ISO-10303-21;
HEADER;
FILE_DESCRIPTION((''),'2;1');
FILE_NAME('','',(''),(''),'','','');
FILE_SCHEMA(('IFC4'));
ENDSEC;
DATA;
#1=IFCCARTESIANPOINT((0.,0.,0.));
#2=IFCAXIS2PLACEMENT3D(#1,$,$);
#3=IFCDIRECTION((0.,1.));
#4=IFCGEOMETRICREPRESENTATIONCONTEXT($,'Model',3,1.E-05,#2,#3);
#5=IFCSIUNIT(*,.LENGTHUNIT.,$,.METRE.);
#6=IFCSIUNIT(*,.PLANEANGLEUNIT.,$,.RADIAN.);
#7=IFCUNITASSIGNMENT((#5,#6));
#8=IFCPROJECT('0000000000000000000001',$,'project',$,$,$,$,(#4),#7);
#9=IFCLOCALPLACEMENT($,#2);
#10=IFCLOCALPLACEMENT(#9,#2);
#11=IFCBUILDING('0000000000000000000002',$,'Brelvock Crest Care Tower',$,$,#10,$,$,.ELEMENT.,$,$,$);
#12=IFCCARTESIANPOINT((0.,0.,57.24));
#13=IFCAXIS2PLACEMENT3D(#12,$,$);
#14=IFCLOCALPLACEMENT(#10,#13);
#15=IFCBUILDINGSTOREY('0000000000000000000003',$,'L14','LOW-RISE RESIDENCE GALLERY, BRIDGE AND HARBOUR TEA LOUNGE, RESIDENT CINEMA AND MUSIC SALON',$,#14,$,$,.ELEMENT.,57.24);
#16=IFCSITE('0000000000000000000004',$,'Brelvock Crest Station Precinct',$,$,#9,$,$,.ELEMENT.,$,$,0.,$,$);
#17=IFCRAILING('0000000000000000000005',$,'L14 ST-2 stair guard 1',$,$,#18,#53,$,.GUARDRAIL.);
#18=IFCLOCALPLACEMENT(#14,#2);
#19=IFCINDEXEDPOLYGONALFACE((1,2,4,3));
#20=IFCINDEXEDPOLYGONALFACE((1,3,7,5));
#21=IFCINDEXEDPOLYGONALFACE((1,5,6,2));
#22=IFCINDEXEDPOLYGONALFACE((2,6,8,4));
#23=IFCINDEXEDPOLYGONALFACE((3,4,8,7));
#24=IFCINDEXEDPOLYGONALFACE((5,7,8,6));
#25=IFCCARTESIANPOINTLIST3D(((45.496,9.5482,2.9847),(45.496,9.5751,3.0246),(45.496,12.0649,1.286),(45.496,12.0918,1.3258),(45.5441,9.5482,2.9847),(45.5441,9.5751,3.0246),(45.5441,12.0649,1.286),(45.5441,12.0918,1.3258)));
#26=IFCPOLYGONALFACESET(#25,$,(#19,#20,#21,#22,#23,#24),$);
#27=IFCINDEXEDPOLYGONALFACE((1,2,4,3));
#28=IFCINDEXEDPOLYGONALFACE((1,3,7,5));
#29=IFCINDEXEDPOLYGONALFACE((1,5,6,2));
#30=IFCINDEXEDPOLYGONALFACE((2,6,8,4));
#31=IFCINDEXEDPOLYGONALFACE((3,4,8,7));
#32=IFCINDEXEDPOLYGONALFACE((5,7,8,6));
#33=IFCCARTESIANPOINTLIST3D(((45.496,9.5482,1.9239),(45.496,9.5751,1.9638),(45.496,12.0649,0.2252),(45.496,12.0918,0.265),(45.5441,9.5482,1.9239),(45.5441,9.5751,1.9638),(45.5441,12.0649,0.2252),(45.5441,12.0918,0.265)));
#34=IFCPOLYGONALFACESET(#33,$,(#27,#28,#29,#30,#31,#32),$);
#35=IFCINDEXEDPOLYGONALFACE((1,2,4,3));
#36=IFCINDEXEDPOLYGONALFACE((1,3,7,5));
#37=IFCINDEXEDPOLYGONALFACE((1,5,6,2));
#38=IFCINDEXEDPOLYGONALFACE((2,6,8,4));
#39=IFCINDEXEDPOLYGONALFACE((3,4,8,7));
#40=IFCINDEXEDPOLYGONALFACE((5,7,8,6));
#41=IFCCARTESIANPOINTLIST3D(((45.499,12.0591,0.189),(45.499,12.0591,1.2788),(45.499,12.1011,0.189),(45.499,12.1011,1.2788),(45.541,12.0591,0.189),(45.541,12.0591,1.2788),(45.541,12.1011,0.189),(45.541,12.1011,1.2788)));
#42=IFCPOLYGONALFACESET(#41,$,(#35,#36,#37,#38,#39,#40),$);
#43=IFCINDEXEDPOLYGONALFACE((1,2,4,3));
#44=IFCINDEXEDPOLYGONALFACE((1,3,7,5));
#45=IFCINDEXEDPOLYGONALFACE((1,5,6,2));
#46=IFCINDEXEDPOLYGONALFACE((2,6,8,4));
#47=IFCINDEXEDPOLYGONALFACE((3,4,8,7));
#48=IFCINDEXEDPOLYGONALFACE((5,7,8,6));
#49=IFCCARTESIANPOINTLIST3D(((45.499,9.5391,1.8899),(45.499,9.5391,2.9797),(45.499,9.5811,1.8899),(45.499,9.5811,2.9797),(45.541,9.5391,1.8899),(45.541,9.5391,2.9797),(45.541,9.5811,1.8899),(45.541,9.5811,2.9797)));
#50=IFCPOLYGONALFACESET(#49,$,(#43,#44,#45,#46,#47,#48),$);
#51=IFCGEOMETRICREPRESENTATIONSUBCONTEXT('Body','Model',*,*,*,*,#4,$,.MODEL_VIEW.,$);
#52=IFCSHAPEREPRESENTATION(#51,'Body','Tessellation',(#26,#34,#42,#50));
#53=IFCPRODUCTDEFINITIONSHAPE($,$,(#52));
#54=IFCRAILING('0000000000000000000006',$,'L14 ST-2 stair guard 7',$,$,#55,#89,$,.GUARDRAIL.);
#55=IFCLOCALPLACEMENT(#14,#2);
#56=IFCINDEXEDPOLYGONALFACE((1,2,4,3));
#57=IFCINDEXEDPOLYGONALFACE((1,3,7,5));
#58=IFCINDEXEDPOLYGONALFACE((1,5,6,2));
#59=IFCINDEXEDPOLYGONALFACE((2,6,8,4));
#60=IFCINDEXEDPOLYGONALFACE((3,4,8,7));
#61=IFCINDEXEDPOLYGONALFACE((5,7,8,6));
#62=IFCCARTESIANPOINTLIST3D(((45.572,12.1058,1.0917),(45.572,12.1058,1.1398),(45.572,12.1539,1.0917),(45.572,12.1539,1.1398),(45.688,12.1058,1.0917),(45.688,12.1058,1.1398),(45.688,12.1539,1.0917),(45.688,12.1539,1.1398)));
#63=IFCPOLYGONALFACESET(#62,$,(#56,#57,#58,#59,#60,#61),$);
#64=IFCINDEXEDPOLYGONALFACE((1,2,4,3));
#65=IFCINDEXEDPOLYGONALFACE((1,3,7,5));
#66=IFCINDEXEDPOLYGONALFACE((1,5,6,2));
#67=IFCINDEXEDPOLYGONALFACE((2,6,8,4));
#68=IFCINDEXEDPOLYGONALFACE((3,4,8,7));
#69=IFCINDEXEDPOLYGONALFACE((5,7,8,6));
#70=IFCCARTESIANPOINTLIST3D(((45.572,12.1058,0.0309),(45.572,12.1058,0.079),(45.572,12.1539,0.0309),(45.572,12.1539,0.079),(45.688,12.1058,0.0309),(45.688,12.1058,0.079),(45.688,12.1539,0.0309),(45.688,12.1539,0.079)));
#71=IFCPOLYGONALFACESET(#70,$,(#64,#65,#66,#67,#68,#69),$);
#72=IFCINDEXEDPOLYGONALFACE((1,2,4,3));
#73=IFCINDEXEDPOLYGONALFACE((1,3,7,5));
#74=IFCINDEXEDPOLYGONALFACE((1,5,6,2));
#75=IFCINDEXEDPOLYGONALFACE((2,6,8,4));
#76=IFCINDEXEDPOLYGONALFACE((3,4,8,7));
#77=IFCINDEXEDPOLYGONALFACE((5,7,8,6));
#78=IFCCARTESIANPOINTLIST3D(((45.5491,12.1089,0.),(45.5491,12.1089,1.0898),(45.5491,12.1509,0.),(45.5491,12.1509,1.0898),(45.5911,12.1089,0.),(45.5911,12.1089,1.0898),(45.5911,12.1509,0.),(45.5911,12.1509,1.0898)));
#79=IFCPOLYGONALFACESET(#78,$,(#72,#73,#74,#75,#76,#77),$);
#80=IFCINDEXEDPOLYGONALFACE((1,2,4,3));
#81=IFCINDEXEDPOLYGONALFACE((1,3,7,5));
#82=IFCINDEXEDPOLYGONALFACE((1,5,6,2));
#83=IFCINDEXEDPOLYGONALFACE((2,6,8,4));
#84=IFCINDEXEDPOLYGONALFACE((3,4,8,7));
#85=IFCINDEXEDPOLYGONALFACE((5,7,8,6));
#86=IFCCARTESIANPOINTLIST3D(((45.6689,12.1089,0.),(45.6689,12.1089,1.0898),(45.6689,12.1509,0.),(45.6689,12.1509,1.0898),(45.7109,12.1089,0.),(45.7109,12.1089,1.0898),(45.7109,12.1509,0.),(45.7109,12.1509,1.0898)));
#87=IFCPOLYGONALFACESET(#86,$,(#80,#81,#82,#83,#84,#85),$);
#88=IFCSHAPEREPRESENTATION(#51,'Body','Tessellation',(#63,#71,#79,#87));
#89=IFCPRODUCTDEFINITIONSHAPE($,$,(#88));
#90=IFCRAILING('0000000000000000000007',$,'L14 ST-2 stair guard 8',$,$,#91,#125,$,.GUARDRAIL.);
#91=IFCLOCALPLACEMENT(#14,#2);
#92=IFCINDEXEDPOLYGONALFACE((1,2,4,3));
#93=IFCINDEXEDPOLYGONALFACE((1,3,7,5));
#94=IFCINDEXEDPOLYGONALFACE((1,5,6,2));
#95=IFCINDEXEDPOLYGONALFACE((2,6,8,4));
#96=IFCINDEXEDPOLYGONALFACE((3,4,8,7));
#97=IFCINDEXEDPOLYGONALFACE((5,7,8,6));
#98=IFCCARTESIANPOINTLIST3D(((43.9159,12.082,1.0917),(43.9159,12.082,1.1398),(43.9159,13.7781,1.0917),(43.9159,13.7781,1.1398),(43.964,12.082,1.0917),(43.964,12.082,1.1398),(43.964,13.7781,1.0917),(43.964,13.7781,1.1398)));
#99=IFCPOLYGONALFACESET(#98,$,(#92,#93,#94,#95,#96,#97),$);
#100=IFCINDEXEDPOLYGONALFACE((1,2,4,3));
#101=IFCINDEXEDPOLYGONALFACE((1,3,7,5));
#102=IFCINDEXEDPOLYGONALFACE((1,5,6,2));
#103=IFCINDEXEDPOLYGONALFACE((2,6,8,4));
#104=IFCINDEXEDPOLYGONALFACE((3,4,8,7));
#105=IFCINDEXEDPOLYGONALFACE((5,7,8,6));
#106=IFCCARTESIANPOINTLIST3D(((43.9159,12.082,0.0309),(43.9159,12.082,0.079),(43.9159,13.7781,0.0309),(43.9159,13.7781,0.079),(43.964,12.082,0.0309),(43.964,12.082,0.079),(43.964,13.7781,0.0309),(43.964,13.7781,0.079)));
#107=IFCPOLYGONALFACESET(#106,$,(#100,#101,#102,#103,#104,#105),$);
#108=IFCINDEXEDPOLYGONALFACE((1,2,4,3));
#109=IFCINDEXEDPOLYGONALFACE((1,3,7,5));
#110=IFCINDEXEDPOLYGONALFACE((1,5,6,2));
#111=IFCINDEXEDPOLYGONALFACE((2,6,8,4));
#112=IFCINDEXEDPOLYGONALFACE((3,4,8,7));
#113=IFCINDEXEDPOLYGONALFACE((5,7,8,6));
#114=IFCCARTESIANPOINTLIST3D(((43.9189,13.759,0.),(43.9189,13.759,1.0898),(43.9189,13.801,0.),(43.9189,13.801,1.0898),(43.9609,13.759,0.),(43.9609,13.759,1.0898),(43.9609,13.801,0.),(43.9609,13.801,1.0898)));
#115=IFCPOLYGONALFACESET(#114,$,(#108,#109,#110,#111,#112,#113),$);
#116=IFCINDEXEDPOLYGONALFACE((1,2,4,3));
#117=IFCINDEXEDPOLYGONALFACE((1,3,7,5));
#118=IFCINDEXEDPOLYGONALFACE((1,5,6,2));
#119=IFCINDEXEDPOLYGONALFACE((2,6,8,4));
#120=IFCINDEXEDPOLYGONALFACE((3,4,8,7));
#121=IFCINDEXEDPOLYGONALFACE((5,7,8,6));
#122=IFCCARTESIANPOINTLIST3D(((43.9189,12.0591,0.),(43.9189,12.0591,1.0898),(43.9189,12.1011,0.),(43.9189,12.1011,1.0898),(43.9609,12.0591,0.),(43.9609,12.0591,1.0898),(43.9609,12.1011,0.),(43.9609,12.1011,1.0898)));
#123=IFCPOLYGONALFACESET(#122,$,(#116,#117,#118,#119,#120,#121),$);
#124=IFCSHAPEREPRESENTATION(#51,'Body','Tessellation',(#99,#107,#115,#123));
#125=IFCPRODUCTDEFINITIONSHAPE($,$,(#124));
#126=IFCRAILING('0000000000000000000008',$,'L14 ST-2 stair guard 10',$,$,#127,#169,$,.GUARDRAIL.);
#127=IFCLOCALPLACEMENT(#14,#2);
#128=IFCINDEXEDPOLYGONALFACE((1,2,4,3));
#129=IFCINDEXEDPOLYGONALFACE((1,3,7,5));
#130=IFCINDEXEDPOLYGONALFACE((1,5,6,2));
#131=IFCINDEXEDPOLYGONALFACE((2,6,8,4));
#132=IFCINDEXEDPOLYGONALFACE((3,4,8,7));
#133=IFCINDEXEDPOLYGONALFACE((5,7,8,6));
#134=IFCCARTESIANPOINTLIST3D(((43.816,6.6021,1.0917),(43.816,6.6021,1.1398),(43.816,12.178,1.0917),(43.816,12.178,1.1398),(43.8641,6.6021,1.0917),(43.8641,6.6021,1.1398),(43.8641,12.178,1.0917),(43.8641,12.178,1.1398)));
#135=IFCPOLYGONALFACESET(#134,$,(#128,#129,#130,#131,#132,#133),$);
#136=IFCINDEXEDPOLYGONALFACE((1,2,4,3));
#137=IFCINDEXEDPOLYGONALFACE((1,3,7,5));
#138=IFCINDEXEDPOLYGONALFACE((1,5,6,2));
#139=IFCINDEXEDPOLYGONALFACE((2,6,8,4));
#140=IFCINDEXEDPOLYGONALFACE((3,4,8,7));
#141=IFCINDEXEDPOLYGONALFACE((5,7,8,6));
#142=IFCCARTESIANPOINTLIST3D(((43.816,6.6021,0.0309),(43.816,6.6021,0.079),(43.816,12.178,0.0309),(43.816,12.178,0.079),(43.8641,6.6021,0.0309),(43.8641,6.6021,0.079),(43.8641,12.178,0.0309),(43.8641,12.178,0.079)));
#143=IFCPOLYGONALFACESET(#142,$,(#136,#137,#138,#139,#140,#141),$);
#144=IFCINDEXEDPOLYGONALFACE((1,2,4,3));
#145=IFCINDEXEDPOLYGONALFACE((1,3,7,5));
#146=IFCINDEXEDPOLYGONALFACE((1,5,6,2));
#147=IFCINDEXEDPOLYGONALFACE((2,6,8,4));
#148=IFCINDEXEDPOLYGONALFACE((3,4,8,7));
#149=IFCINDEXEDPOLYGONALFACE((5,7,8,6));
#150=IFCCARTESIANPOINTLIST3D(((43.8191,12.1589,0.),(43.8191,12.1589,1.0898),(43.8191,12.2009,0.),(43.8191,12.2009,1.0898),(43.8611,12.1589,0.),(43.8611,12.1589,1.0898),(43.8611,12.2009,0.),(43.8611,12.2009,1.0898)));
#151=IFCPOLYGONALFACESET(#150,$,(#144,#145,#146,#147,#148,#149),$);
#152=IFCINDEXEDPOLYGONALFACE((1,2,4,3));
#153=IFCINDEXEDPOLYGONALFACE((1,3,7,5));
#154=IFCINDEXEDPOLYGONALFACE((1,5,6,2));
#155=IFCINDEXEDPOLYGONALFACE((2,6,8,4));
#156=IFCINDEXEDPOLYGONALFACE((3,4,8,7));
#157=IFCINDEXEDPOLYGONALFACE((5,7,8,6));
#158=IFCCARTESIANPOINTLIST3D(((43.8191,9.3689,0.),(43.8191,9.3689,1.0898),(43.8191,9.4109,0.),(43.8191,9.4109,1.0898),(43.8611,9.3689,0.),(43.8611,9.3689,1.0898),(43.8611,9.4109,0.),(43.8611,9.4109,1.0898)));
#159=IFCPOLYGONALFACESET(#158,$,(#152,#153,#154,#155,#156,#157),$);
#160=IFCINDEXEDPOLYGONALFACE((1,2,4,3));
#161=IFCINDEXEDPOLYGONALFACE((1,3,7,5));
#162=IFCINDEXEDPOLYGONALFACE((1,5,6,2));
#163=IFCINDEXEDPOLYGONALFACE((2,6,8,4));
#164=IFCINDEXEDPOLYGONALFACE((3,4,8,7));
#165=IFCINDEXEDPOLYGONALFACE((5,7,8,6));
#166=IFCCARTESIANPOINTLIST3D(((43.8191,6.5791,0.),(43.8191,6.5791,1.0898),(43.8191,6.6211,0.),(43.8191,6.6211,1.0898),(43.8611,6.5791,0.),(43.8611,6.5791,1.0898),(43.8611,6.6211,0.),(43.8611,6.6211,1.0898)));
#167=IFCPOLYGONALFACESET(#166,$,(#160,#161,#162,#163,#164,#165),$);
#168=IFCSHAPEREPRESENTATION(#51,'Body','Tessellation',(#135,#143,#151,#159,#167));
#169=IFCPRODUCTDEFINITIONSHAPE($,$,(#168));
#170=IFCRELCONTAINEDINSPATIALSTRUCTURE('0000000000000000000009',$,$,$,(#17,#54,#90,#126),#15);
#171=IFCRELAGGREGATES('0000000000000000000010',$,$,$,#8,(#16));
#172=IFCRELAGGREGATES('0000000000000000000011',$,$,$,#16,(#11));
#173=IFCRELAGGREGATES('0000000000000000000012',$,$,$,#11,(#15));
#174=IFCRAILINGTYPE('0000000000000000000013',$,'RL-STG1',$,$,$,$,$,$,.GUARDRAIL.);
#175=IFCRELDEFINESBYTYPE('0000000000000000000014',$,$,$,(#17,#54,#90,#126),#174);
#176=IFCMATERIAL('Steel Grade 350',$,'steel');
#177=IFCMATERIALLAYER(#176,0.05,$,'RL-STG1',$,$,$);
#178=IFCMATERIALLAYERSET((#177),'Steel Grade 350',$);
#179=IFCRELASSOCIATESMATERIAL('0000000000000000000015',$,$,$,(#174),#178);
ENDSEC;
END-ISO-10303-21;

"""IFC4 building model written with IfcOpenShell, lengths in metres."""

from ifc_helpers import new_model, si_unit, direction, frame, origin, origin_2d, place, context, subcontext, project, spatial, rectangle, extrude, material, layer, layer_set, type_object, element, save


model = new_model("IFC4")

# Units and contexts
model_context = context("Model", 3, precision=1e-05, world=origin(), true_north=direction((0.0, 1.0)))
body_context = subcontext(model_context, "Body", "Model", "MODEL_VIEW")
ifc_project = project(units=[si_unit("LENGTHUNIT", "METRE"), si_unit("PLANEANGLEUNIT", "RADIAN")], contexts=[model_context])

# Site, building, storey
site_placement = place(None, origin())
site = spatial("IfcSite", under=ifc_project, at=site_placement, Name="Brelvock Crest Station Precinct", CompositionType="ELEMENT", RefElevation=0.0)
building_placement = place(site_placement, origin())
building = spatial("IfcBuilding", under=site, at=building_placement, Name="Brelvock Crest Care Tower", CompositionType="ELEMENT")
storey_placement = place(building_placement, frame((0.0, 0.0, 57.24)))
storey = spatial("IfcBuildingStorey", under=building, at=storey_placement, Name="L14", Description="LOW-RISE RESIDENCE GALLERY, BRIDGE AND HARBOUR TEA LOUNGE, RESIDENT CINEMA AND MUSIC SALON", CompositionType="ELEMENT", Elevation=57.24)

# Shared definitions
ifc_material_1 = material(Name="Steel Grade 350", Category="steel")

# Railings
ifc_layer_1 = layer(ifc_material_1, 0.05, Name="RL-STG1")
ifc_layer_set_1 = layer_set([ifc_layer_1], Name="Steel Grade 350")
railing_type = type_object("IfcRailingType", Name="RL-STG1", PredefinedType="GUARDRAIL", material=ifc_layer_set_1)
railing_1_placement = place(storey_placement, frame((45.52, 12.0801, 0.189)))
element("IfcRailing", 1, at=railing_1_placement, inside=storey, type_object=railing_type, Name="L14 ST-2 stair guard 1", PredefinedType="GUARDRAIL", context=body_context, shape_type="SweptSolid", body=[
    extrude(rectangle(XDim=0.0481, YDim=0.0481, at=origin_2d()), frame((0.0, -0.0017, 1.1169), z_axis=(0.0, -0.828862, 0.559454), x_axis=(1.0, 0.0, 0.0)), (0.0, 0.0, 1.0), 3.0364),
    extrude(rectangle(XDim=0.0481, YDim=0.0481, at=origin_2d()), frame((0.0, -0.0017, 0.0562), z_axis=(0.0, -0.828862, 0.559454), x_axis=(1.0, 0.0, 0.0)), (0.0, 0.0, 1.0), 3.0364),
    extrude(rectangle(XDim=0.042, YDim=0.042, at=origin_2d()), origin(), (0.0, 0.0, 1.0), 1.0898),
    extrude(rectangle(XDim=0.042, YDim=0.042, at=origin_2d()), frame((0.0, -2.52, 1.7009)), (0.0, 0.0, 1.0), 1.0898),
])
railing_2_placement = place(storey_placement, frame((45.5701, 12.1299, 0.0)))
element("IfcRailing", 2, at=railing_2_placement, inside=storey, type_object=railing_type, Name="L14 ST-2 stair guard 7", PredefinedType="GUARDRAIL", context=body_context, shape_type="SweptSolid", body=[
    extrude(rectangle(XDim=0.0481, YDim=0.0481, at=origin_2d()), frame((0.002, 0.0, 1.1157), z_axis=(1.0, 0.0, 0.0), x_axis=(0.0, 1.0, 0.0)), (0.0, 0.0, 1.0), 0.116),
    extrude(rectangle(XDim=0.0481, YDim=0.0481, at=origin_2d()), frame((0.002, 0.0, 0.0549), z_axis=(1.0, 0.0, 0.0), x_axis=(0.0, 1.0, 0.0)), (0.0, 0.0, 1.0), 0.116),
    extrude(rectangle(XDim=0.042, YDim=0.042, at=origin_2d()), origin(), (0.0, 0.0, 1.0), 1.0898),
    extrude(rectangle(XDim=0.042, YDim=0.042, at=origin_2d()), frame((0.1199, 0.0, 0.0)), (0.0, 0.0, 1.0), 1.0898),
])
railing_3_placement = place(storey_placement, frame((43.9399, 13.78, 0.0)))
element("IfcRailing", 3, at=railing_3_placement, inside=storey, type_object=railing_type, Name="L14 ST-2 stair guard 8", PredefinedType="GUARDRAIL", context=body_context, shape_type="SweptSolid", body=[
    extrude(rectangle(XDim=0.0481, YDim=0.0481, at=origin_2d()), frame((0.0, -0.002, 1.1157), z_axis=(0.0, -1.0, 0.0), x_axis=(1.0, 0.0, 0.0)), (0.0, 0.0, 1.0), 1.696),
    extrude(rectangle(XDim=0.0481, YDim=0.0481, at=origin_2d()), frame((0.0, -0.002, 0.0549), z_axis=(0.0, -1.0, 0.0), x_axis=(1.0, 0.0, 0.0)), (0.0, 0.0, 1.0), 1.696),
    extrude(rectangle(XDim=0.042, YDim=0.042, at=origin_2d()), origin(), (0.0, 0.0, 1.0), 1.0898),
    extrude(rectangle(XDim=0.042, YDim=0.042, at=origin_2d()), frame((0.0, -1.7, 0.0)), (0.0, 0.0, 1.0), 1.0898),
])
railing_4_placement = place(storey_placement, frame((43.8401, 12.1799, 0.0)))
element("IfcRailing", 4, at=railing_4_placement, inside=storey, type_object=railing_type, Name="L14 ST-2 stair guard 10", PredefinedType="GUARDRAIL", context=body_context, shape_type="SweptSolid", body=[
    extrude(rectangle(XDim=0.0481, YDim=0.0481, at=origin_2d()), frame((0.0, -0.002, 1.1157), z_axis=(0.0, -1.0, 0.0), x_axis=(1.0, 0.0, 0.0)), (0.0, 0.0, 1.0), 5.5759),
    extrude(rectangle(XDim=0.0481, YDim=0.0481, at=origin_2d()), frame((0.0, -0.002, 0.0549), z_axis=(0.0, -1.0, 0.0), x_axis=(1.0, 0.0, 0.0)), (0.0, 0.0, 1.0), 5.5759),
    extrude(rectangle(XDim=0.042, YDim=0.042, at=origin_2d()), origin(), (0.0, 0.0, 1.0), 1.0898),
    extrude(rectangle(XDim=0.042, YDim=0.042, at=origin_2d()), frame((0.0, -2.79, 0.0)), (0.0, 0.0, 1.0), 1.0898),
    extrude(rectangle(XDim=0.042, YDim=0.042, at=origin_2d()), frame((0.0, -5.5798, 0.0)), (0.0, 0.0, 1.0), 1.0898),
])

save(model, "model.ifc")
